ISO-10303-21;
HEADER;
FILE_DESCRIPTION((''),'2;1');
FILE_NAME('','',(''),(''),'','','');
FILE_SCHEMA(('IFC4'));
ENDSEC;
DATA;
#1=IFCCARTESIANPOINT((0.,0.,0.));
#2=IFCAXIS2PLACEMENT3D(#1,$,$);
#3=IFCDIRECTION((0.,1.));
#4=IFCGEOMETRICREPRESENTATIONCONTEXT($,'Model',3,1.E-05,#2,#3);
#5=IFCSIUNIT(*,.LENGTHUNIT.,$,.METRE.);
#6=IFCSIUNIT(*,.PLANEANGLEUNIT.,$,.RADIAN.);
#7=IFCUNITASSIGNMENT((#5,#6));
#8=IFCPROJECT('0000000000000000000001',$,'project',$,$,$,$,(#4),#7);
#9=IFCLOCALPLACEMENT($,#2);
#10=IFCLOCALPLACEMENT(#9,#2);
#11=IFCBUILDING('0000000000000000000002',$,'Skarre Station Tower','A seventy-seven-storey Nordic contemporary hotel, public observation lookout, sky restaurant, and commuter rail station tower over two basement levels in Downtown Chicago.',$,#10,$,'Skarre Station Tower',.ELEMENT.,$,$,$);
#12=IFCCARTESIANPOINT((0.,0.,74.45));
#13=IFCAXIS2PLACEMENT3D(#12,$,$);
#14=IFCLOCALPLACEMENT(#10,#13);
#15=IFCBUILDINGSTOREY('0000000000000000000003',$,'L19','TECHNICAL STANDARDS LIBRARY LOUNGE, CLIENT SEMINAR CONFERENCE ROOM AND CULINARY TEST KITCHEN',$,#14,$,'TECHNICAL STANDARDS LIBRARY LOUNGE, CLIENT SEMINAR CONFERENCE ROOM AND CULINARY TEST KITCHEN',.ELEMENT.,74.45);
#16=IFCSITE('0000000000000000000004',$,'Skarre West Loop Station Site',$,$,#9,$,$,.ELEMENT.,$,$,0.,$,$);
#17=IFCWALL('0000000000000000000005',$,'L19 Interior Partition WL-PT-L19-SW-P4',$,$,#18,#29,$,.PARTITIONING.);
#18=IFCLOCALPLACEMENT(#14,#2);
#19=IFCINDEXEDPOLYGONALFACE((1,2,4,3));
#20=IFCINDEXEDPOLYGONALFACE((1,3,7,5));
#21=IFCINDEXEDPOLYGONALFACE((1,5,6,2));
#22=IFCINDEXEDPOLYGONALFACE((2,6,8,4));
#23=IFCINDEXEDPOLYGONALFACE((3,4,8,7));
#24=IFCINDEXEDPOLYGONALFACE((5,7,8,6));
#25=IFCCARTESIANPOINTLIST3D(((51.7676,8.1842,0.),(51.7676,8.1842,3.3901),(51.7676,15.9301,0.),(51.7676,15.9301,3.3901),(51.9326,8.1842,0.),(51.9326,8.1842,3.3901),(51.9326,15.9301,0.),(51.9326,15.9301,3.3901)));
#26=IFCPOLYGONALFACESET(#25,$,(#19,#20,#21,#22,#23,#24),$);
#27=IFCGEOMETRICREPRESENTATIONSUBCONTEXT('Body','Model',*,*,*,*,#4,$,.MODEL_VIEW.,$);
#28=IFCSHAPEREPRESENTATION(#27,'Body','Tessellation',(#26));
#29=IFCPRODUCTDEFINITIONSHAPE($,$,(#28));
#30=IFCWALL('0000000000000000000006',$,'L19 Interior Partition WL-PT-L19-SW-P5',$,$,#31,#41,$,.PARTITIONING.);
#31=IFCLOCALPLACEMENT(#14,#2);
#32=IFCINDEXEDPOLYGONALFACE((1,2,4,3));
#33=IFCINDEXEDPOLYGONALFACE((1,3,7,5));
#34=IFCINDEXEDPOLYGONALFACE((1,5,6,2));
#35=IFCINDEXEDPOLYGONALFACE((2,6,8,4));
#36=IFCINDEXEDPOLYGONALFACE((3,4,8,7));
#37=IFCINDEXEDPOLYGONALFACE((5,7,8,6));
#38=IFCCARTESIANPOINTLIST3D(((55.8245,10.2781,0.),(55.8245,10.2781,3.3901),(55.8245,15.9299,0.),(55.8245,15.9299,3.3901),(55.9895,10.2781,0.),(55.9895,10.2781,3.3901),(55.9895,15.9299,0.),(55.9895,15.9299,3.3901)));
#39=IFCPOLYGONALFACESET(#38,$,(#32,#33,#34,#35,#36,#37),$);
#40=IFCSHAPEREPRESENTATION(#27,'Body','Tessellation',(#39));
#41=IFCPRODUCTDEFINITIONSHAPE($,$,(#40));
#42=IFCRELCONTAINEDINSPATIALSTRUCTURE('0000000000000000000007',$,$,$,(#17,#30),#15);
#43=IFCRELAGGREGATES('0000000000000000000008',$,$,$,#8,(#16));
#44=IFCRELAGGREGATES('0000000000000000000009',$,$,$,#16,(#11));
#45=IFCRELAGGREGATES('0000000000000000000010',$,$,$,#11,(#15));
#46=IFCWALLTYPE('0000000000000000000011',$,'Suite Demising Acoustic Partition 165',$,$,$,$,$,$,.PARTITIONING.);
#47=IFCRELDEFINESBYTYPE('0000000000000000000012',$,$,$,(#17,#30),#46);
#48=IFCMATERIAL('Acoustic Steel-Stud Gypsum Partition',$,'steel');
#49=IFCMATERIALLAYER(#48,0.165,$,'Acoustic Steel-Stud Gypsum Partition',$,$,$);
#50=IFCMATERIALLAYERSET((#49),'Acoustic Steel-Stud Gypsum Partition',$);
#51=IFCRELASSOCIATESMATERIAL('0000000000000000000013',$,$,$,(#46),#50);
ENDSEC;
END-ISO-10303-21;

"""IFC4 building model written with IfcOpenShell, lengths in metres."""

from ifc_helpers import new_model, si_unit, direction, frame, frame_2d, origin, place, context, subcontext, project, spatial, rectangle, extrude, material, layer, layer_set, type_object, element, save


model = new_model("IFC4")

# Units and contexts
model_context = context("Model", 3, precision=1e-05, world=origin(), true_north=direction((0.0, 1.0)))
body_context = subcontext(model_context, "Body", "Model", "MODEL_VIEW")
ifc_project = project(units=[si_unit("LENGTHUNIT", "METRE"), si_unit("PLANEANGLEUNIT", "RADIAN")], contexts=[model_context])

# Site, building, storey
site_placement = place(None, origin())
site = spatial("IfcSite", under=ifc_project, at=site_placement, Name="Skarre West Loop Station Site", CompositionType="ELEMENT", RefElevation=0.0)
building_placement = place(site_placement, origin())
building = spatial("IfcBuilding", under=site, at=building_placement, Name="Skarre Station Tower", Description="A seventy-seven-storey Nordic contemporary hotel, public observation lookout, sky restaurant, and commuter rail station tower over two basement levels in Downtown Chicago.", LongName="Skarre Station Tower", CompositionType="ELEMENT")
storey_placement = place(building_placement, frame((0.0, 0.0, 74.45)))
storey = spatial("IfcBuildingStorey", under=building, at=storey_placement, Name="L19", Description="TECHNICAL STANDARDS LIBRARY LOUNGE, CLIENT SEMINAR CONFERENCE ROOM AND CULINARY TEST KITCHEN", LongName="TECHNICAL STANDARDS LIBRARY LOUNGE, CLIENT SEMINAR CONFERENCE ROOM AND CULINARY TEST KITCHEN", CompositionType="ELEMENT", Elevation=74.45)

# Shared definitions
ifc_material_1 = material(Name="Acoustic Steel-Stud Gypsum Partition", Category="steel")

# Walls
ifc_layer_1 = layer(ifc_material_1, 0.165, Name="Acoustic Steel-Stud Gypsum Partition")
ifc_layer_set_1 = layer_set([ifc_layer_1], Name="Acoustic Steel-Stud Gypsum Partition")
wall_type_1 = type_object("IfcWallType", Name="Suite Demising Acoustic Partition 165", PredefinedType="PARTITIONING", material=ifc_layer_set_1)
wall_1_placement = place(storey_placement, frame((51.8501, 8.1841, 0.0), z_axis=(0.0, 0.0, 1.0), x_axis=(0.0, 1.0, 0.0)))
element("IfcWall", 1, at=wall_1_placement, inside=storey, type_object=wall_type_1, Name="L19 Interior Partition WL-PT-L19-SW-P4", PredefinedType="PARTITIONING", context=body_context, shape_type="SweptSolid", body=[
    extrude(rectangle(XDim=7.7458, YDim=0.165, at=frame_2d((3.873, 0.0))), origin(), (0.0, 0.0, 1.0), 3.3901),
])
wall_2_placement = place(storey_placement, frame((55.907, 10.2781, 0.0), z_axis=(0.0, 0.0, 1.0), x_axis=(0.0, 1.0, 0.0)))
element("IfcWall", 2, at=wall_2_placement, inside=storey, type_object=wall_type_1, Name="L19 Interior Partition WL-PT-L19-SW-P5", PredefinedType="PARTITIONING", context=body_context, shape_type="SweptSolid", body=[
    extrude(rectangle(XDim=5.6519, YDim=0.165, at=frame_2d((2.8259, 0.0))), origin(), (0.0, 0.0, 1.0), 3.3901),
])

save(model, "model.ifc")
